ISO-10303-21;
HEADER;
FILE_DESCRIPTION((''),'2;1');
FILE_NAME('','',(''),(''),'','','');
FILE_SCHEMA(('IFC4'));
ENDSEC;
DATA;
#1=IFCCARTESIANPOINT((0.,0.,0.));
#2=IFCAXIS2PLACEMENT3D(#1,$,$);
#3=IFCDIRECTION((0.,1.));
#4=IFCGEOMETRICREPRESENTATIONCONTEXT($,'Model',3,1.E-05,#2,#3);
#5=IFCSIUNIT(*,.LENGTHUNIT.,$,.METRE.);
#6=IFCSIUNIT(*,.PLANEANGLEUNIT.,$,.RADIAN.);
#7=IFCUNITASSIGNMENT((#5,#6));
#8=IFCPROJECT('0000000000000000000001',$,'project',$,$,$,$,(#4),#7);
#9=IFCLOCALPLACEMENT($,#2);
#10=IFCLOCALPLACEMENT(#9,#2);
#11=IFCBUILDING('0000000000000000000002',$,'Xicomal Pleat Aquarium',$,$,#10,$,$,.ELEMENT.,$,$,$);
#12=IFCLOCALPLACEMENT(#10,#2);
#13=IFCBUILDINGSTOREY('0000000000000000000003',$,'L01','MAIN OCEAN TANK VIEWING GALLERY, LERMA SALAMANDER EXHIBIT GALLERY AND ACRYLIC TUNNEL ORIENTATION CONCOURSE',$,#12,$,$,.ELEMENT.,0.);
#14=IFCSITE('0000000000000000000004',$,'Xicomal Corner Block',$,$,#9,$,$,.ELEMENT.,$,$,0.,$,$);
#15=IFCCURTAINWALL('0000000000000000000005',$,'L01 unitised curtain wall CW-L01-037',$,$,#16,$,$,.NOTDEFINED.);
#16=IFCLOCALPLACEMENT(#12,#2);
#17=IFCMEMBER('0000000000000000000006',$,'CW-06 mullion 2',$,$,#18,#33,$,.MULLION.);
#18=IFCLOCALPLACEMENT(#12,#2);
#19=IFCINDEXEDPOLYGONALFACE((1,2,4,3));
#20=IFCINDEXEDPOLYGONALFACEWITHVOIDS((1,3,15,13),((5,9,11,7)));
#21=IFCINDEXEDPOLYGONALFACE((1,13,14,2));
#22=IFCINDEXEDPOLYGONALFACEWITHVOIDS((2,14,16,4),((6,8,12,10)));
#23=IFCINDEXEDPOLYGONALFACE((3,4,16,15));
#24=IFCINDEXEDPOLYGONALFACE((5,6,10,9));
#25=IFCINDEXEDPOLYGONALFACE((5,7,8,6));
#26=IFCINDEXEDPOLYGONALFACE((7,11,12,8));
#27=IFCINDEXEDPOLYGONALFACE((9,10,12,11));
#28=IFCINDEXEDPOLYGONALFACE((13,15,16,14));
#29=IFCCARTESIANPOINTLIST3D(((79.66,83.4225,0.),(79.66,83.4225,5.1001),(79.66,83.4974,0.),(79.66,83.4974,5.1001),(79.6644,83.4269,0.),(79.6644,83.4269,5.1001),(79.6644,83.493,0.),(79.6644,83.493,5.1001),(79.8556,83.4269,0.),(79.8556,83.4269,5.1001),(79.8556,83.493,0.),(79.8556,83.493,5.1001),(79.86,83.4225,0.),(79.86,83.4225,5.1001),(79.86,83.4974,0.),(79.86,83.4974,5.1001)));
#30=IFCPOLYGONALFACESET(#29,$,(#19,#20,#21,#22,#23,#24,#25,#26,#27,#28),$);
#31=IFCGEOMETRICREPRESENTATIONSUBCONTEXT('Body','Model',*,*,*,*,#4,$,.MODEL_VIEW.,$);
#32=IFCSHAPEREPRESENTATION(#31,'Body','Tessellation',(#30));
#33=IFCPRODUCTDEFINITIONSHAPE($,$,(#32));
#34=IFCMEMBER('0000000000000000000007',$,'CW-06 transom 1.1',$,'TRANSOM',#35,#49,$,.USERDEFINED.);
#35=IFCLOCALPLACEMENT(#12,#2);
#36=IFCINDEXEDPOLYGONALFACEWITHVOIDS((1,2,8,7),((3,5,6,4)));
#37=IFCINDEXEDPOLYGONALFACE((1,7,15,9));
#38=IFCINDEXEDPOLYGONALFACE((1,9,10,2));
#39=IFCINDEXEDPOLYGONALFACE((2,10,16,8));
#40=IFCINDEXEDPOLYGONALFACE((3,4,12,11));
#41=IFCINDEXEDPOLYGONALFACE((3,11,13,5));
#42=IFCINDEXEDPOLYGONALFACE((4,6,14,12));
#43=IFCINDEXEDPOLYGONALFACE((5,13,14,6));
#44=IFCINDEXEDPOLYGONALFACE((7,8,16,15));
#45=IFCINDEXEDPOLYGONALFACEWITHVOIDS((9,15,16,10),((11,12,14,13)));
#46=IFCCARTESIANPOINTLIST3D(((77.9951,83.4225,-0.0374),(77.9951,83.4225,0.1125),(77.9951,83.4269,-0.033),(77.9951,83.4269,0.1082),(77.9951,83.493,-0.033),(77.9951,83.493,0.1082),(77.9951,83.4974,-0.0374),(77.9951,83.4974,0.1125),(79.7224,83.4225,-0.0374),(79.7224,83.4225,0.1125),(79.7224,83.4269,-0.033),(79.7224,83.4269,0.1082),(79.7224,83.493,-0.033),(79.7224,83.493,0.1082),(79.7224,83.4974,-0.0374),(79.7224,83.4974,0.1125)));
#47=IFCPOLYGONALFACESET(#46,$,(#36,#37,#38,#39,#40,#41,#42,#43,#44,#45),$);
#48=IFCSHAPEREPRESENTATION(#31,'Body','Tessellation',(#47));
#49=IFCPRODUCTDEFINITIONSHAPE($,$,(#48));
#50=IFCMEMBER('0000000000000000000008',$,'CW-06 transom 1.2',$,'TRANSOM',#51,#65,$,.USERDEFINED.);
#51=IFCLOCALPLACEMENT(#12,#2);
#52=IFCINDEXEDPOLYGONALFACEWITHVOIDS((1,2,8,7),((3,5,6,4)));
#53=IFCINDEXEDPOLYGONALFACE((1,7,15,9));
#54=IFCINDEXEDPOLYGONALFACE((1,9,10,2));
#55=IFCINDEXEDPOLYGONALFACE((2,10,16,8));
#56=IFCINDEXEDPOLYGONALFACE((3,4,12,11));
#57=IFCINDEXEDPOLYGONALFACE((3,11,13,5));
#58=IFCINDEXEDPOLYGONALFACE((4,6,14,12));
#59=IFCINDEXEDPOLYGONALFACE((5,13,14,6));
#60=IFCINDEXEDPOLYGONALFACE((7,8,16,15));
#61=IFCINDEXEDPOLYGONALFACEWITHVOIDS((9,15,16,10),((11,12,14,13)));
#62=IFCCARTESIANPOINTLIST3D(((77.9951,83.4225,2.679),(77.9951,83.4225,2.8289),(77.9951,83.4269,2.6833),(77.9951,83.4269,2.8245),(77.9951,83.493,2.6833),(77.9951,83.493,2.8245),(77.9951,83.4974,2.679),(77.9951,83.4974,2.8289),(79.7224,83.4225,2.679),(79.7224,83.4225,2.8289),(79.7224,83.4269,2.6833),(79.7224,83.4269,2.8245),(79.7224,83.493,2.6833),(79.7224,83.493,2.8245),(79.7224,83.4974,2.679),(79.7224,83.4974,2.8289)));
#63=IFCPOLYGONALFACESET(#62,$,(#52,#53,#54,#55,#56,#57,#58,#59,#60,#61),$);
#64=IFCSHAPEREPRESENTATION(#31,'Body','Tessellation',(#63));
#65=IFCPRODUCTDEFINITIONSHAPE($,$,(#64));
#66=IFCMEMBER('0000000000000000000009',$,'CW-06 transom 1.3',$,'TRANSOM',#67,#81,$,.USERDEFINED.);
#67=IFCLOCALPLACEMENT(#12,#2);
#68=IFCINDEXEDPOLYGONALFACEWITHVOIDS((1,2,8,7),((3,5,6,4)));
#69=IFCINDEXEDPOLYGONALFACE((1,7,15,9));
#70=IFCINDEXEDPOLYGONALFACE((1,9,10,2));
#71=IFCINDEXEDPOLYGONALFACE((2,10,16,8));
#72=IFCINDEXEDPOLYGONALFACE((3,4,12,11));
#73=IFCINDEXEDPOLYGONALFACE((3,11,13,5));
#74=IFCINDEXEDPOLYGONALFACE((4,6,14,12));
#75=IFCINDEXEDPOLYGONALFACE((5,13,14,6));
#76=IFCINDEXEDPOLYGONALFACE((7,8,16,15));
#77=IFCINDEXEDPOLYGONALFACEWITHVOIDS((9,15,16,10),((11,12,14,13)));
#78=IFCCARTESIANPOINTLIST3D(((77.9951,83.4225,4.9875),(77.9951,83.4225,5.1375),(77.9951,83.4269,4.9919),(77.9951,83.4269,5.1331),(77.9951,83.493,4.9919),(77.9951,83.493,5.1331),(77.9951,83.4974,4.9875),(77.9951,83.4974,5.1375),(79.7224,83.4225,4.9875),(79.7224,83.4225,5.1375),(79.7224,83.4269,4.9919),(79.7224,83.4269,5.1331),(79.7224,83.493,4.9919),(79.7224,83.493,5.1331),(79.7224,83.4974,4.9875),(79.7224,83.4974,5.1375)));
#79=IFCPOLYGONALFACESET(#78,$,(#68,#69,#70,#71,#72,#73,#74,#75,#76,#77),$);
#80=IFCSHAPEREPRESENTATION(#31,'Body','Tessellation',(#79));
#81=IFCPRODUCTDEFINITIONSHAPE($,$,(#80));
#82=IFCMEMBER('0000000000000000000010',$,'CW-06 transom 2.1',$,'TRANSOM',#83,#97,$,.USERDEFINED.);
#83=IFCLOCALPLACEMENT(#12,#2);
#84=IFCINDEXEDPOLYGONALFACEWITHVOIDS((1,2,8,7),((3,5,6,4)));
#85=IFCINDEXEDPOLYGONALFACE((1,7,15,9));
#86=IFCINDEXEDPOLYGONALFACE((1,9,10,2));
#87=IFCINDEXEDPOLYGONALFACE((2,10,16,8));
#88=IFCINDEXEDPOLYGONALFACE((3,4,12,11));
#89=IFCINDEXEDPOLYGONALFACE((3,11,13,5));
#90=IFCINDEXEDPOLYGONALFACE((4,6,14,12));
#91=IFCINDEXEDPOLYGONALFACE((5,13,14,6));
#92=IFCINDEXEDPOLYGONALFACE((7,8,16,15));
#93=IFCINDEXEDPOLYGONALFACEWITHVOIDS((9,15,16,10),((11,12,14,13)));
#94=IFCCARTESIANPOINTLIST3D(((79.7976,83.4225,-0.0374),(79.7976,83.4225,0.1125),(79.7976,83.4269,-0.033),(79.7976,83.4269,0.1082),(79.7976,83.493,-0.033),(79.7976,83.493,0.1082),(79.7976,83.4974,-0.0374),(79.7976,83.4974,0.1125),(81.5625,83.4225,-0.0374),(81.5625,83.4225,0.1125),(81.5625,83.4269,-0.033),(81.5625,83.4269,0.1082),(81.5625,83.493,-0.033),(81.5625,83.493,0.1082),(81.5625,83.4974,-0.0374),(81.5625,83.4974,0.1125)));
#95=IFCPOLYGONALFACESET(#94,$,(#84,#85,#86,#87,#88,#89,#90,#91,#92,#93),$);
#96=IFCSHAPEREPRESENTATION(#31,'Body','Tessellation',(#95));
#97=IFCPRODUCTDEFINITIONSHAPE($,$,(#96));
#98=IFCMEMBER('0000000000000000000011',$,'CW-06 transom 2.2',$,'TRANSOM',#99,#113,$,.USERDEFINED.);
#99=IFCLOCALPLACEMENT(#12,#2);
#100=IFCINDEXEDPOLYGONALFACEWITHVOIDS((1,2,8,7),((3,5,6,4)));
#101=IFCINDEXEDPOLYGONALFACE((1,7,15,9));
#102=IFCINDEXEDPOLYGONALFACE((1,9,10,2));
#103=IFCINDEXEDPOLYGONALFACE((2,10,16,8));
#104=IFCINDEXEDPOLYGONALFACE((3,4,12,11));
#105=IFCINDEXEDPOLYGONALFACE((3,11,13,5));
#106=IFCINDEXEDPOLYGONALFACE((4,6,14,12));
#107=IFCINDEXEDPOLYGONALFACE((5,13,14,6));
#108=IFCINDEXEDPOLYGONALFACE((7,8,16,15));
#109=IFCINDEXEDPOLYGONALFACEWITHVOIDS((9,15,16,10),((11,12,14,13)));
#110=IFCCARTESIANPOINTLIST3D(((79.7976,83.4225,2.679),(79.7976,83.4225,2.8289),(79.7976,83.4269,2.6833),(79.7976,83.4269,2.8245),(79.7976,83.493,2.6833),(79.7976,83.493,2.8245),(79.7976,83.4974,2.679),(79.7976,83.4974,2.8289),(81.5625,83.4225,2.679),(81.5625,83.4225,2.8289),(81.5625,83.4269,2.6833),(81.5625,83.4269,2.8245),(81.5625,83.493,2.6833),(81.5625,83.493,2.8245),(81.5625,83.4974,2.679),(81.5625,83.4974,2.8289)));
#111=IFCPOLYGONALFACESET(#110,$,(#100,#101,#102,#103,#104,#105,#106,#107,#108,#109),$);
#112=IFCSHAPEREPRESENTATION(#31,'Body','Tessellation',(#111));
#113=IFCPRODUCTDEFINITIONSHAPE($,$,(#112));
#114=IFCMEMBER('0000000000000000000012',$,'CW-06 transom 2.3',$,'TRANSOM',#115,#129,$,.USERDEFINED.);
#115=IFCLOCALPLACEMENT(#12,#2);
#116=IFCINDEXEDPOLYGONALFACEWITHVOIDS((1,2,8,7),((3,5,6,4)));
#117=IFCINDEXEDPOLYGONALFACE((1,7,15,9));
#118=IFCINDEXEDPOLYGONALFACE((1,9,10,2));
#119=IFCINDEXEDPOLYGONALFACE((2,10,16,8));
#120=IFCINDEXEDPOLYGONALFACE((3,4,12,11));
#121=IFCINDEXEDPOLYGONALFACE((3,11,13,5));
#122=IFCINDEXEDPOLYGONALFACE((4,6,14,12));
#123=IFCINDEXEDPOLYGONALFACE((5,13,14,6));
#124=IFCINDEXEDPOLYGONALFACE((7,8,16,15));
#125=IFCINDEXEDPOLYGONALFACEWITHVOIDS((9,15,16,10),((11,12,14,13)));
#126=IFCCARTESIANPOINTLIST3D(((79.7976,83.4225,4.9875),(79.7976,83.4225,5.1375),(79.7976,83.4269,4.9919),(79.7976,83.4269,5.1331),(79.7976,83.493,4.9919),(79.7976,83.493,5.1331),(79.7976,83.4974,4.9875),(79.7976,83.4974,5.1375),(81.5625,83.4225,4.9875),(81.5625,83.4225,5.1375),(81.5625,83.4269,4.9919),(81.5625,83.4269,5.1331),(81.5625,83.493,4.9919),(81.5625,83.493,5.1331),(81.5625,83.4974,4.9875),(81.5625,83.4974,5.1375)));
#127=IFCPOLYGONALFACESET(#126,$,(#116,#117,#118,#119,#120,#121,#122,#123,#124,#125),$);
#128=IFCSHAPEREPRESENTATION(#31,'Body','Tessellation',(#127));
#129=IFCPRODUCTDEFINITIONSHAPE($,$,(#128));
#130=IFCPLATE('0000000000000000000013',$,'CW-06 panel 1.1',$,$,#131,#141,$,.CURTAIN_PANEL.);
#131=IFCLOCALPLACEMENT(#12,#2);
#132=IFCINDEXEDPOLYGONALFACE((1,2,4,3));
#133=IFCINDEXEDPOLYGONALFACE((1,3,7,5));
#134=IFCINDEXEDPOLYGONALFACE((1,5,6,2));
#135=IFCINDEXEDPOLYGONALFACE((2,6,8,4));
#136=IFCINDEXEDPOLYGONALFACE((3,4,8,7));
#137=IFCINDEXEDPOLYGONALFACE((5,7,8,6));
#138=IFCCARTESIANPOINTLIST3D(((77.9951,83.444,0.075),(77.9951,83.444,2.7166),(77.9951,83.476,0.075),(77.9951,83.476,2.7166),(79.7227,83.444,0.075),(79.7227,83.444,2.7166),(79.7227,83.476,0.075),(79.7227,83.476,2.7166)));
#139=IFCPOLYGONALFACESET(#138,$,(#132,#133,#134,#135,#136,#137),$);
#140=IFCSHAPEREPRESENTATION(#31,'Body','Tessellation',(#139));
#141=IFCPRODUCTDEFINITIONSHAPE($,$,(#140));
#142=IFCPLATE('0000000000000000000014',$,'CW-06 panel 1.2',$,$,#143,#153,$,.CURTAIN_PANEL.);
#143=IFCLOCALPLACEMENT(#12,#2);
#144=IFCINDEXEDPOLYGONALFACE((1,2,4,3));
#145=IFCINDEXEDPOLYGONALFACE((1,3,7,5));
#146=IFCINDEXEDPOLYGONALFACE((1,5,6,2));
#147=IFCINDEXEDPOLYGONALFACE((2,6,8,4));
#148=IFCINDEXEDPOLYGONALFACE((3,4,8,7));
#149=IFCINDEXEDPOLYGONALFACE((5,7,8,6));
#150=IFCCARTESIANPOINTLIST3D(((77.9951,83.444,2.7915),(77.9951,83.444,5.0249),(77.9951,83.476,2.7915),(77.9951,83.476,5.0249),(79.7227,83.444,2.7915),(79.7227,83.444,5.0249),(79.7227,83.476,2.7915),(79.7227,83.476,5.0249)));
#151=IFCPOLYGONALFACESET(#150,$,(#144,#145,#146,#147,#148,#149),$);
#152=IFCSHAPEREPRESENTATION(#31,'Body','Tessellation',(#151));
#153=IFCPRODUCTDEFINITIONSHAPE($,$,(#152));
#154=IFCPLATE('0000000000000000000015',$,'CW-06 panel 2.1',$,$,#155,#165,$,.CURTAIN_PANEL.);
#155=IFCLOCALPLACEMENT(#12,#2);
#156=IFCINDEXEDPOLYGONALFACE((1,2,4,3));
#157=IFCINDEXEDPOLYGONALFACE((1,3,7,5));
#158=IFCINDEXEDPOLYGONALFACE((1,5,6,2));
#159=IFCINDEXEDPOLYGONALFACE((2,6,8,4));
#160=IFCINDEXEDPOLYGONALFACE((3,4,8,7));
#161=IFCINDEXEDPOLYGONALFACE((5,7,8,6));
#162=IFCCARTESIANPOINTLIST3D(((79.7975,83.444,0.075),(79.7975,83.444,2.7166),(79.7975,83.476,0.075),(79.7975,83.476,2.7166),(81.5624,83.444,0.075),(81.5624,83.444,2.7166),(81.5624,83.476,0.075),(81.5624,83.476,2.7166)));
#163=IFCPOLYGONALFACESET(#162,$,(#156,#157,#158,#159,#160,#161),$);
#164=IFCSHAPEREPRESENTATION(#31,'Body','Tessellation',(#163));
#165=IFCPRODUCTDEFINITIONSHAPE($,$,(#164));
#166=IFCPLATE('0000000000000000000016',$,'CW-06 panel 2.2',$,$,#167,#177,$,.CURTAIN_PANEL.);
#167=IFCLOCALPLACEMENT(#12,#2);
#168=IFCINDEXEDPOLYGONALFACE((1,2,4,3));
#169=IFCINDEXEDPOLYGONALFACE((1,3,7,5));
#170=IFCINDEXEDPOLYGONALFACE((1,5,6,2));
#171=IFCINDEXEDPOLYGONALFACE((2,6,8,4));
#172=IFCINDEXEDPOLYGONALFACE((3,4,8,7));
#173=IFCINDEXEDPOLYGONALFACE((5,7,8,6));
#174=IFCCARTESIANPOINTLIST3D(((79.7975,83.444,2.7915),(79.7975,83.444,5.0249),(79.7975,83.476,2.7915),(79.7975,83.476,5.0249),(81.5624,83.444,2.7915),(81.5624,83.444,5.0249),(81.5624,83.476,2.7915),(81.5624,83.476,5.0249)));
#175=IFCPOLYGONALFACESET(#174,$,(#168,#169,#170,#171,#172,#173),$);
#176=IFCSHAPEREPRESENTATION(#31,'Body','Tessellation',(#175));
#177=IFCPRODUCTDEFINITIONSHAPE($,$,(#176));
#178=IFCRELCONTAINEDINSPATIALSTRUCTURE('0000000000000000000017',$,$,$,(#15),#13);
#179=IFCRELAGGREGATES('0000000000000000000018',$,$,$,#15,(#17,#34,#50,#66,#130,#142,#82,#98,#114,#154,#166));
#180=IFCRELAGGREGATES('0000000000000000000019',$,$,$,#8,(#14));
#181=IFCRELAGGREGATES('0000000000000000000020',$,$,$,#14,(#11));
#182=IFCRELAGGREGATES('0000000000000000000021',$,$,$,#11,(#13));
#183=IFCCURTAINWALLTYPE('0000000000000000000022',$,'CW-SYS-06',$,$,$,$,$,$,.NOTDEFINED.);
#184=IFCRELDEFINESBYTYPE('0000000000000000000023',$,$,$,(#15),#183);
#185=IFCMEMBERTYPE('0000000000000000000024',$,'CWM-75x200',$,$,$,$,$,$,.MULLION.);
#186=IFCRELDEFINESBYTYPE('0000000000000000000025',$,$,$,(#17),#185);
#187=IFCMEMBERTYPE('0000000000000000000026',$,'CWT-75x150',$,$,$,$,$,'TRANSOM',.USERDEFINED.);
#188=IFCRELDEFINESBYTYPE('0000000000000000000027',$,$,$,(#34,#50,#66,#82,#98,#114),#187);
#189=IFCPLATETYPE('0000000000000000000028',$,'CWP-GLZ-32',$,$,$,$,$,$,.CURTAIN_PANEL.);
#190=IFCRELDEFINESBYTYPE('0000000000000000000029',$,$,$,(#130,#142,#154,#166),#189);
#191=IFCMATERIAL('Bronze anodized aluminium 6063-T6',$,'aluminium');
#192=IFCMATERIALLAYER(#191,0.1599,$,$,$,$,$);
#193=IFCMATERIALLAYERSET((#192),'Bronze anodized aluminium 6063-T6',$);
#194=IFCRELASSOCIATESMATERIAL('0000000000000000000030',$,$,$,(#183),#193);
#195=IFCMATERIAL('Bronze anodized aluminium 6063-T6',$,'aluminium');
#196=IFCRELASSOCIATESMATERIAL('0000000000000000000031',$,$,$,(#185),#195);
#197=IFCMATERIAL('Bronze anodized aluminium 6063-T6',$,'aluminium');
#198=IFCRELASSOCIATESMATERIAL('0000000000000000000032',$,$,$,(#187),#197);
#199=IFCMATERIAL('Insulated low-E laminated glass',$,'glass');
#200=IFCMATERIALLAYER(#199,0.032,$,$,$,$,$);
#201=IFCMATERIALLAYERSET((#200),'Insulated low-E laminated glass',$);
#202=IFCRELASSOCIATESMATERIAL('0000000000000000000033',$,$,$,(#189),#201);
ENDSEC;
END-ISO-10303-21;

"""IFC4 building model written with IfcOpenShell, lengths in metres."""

from ifc_helpers import new_model, si_unit, direction, frame, origin, origin_2d, place, context, subcontext, project, spatial, rectangle, hollow_rectangle, extrude, material, layer, layer_set, material_profile, profile_set, type_object, element, aggregate, save


model = new_model("IFC4")

# Units and contexts
model_context = context("Model", 3, precision=1e-05, world=origin(), true_north=direction((0.0, 1.0)))
body_context = subcontext(model_context, "Body", "Model", "MODEL_VIEW")
ifc_project = project(units=[si_unit("LENGTHUNIT", "METRE"), si_unit("PLANEANGLEUNIT", "RADIAN")], contexts=[model_context])

# Site, building, storey
site_placement = place(None, origin())
site = spatial("IfcSite", under=ifc_project, at=site_placement, Name="Xicomal Corner Block", CompositionType="ELEMENT", RefElevation=0.0)
building_placement = place(site_placement, origin())
building = spatial("IfcBuilding", under=site, at=building_placement, Name="Xicomal Pleat Aquarium", CompositionType="ELEMENT")
storey_placement = place(building_placement, origin())
storey = spatial("IfcBuildingStorey", under=building, at=storey_placement, Name="L01", Description="MAIN OCEAN TANK VIEWING GALLERY, LERMA SALAMANDER EXHIBIT GALLERY AND ACRYLIC TUNNEL ORIENTATION CONCOURSE", CompositionType="ELEMENT", Elevation=0.0)

# Curtain wall, members, plates
ifc_material_1 = material(Name="Bronze anodized aluminium 6063-T6", Category="aluminium")
ifc_layer_1 = layer(ifc_material_1, 0.1599)
ifc_layer_set_1 = layer_set([ifc_layer_1], Name="Bronze anodized aluminium 6063-T6")
curtain_wall_type = type_object("IfcCurtainWallType", Name="CW-SYS-06", PredefinedType="NOTDEFINED", material=ifc_layer_set_1)
curtain_wall_placement = place(storey_placement, origin())
curtain_wall = element("IfcCurtainWall", 1, at=curtain_wall_placement, inside=storey, type_object=curtain_wall_type, Name="L01 unitised curtain wall CW-L01-037", PredefinedType="NOTDEFINED")
ifc_material_2 = material(Name="Bronze anodized aluminium 6063-T6", Category="aluminium")
ifc_material_profile_1 = material_profile(ifc_material_2, hollow_rectangle(XDim=0.075, YDim=0.2, WallThickness=0.0044, at=origin_2d()), Name="ALU MULL 75x200")
ifc_profile_set_1 = profile_set([ifc_material_profile_1], Name="Bronze anodized aluminium 6063-T6")
member_type_1 = type_object("IfcMemberType", Name="CWM-75x200", PredefinedType="MULLION", material=ifc_profile_set_1)
member_1_placement = place(storey_placement, frame((79.76, 83.46, 0.0), z_axis=(0.0, 0.0, 1.0), x_axis=(0.0, 1.0, 0.0)))
member_1 = element("IfcMember", 2, at=member_1_placement, type_object=member_type_1, Name="CW-06 mullion 2", PredefinedType="MULLION", context=body_context, shape_type="SweptSolid", body=[
    extrude(hollow_rectangle(XDim=0.075, YDim=0.2, WallThickness=0.0044, at=origin_2d()), origin(), (0.0, 0.0, 1.0), 5.1001),
])
ifc_material_3 = material(Name="Bronze anodized aluminium 6063-T6", Category="aluminium")
ifc_material_profile_2 = material_profile(ifc_material_3, hollow_rectangle(XDim=0.075, YDim=0.1499, WallThickness=0.0044, at=origin_2d()), Name="ALU TRAN 75x150")
ifc_profile_set_2 = profile_set([ifc_material_profile_2], Name="Bronze anodized aluminium 6063-T6")
member_type_2 = type_object("IfcMemberType", Name="CWT-75x150", ElementType="TRANSOM", PredefinedType="USERDEFINED", material=ifc_profile_set_2)
member_2_placement = place(storey_placement, frame((77.9951, 83.46, 0.0376), z_axis=(1.0, 0.0, 0.0), x_axis=(0.0, 1.0, 0.0)))
member_2 = element("IfcMember", 3, at=member_2_placement, type_object=member_type_2, Name="CW-06 transom 1.1", ObjectType="TRANSOM", PredefinedType="USERDEFINED", context=body_context, shape_type="SweptSolid", body=[
    extrude(hollow_rectangle(XDim=0.075, YDim=0.1499, WallThickness=0.0044, at=origin_2d()), origin(), (0.0, 0.0, 1.0), 1.7273),
])
member_3_placement = place(storey_placement, frame((77.9951, 83.46, 2.7539), z_axis=(1.0, 0.0, 0.0), x_axis=(0.0, 1.0, 0.0)))
member_3 = element("IfcMember", 4, at=member_3_placement, type_object=member_type_2, Name="CW-06 transom 1.2", ObjectType="TRANSOM", PredefinedType="USERDEFINED", context=body_context, shape_type="SweptSolid", body=[
    extrude(hollow_rectangle(XDim=0.075, YDim=0.1499, WallThickness=0.0044, at=origin_2d()), origin(), (0.0, 0.0, 1.0), 1.7273),
])
member_4_placement = place(storey_placement, frame((77.9951, 83.46, 5.0625), z_axis=(1.0, 0.0, 0.0), x_axis=(0.0, 1.0, 0.0)))
member_4 = element("IfcMember", 5, at=member_4_placement, type_object=member_type_2, Name="CW-06 transom 1.3", ObjectType="TRANSOM", PredefinedType="USERDEFINED", context=body_context, shape_type="SweptSolid", body=[
    extrude(hollow_rectangle(XDim=0.075, YDim=0.1499, WallThickness=0.0044, at=origin_2d()), origin(), (0.0, 0.0, 1.0), 1.7273),
])
member_5_placement = place(storey_placement, frame((79.7976, 83.46, 0.0376), z_axis=(1.0, 0.0, 0.0), x_axis=(0.0, 1.0, 0.0)))
member_5 = element("IfcMember", 6, at=member_5_placement, type_object=member_type_2, Name="CW-06 transom 2.1", ObjectType="TRANSOM", PredefinedType="USERDEFINED", context=body_context, shape_type="SweptSolid", body=[
    extrude(hollow_rectangle(XDim=0.075, YDim=0.1499, WallThickness=0.0044, at=origin_2d()), origin(), (0.0, 0.0, 1.0), 1.7649),
])
member_6_placement = place(storey_placement, frame((79.7976, 83.46, 2.7539), z_axis=(1.0, 0.0, 0.0), x_axis=(0.0, 1.0, 0.0)))
member_6 = element("IfcMember", 7, at=member_6_placement, type_object=member_type_2, Name="CW-06 transom 2.2", ObjectType="TRANSOM", PredefinedType="USERDEFINED", context=body_context, shape_type="SweptSolid", body=[
    extrude(hollow_rectangle(XDim=0.075, YDim=0.1499, WallThickness=0.0044, at=origin_2d()), origin(), (0.0, 0.0, 1.0), 1.7649),
])
member_7_placement = place(storey_placement, frame((79.7976, 83.46, 5.0625), z_axis=(1.0, 0.0, 0.0), x_axis=(0.0, 1.0, 0.0)))
member_7 = element("IfcMember", 8, at=member_7_placement, type_object=member_type_2, Name="CW-06 transom 2.3", ObjectType="TRANSOM", PredefinedType="USERDEFINED", context=body_context, shape_type="SweptSolid", body=[
    extrude(hollow_rectangle(XDim=0.075, YDim=0.1499, WallThickness=0.0044, at=origin_2d()), origin(), (0.0, 0.0, 1.0), 1.7649),
])
ifc_material_4 = material(Name="Insulated low-E laminated glass", Category="glass")
ifc_layer_2 = layer(ifc_material_4, 0.032)
ifc_layer_set_2 = layer_set([ifc_layer_2], Name="Insulated low-E laminated glass")
plate_type = type_object("IfcPlateType", Name="CWP-GLZ-32", PredefinedType="CURTAIN_PANEL", material=ifc_layer_set_2)
plate_1_placement = place(storey_placement, frame((78.8589, 83.46, 0.075), z_axis=(0.0, 0.0, 1.0), x_axis=(1.0, 0.0, 0.0)))
plate_1 = element("IfcPlate", 9, at=plate_1_placement, type_object=plate_type, Name="CW-06 panel 1.1", PredefinedType="CURTAIN_PANEL", context=body_context, shape_type="SweptSolid", body=[
    extrude(rectangle(XDim=1.7275, YDim=0.032, at=origin_2d()), origin(), (0.0, 0.0, 1.0), 2.6416),
])
plate_2_placement = place(storey_placement, frame((78.8589, 83.46, 2.7915), z_axis=(0.0, 0.0, 1.0), x_axis=(1.0, 0.0, 0.0)))
plate_2 = element("IfcPlate", 10, at=plate_2_placement, type_object=plate_type, Name="CW-06 panel 1.2", PredefinedType="CURTAIN_PANEL", context=body_context, shape_type="SweptSolid", body=[
    extrude(rectangle(XDim=1.7275, YDim=0.032, at=origin_2d()), origin(), (0.0, 0.0, 1.0), 2.2334),
])
plate_3_placement = place(storey_placement, frame((80.6799, 83.46, 0.075), z_axis=(0.0, 0.0, 1.0), x_axis=(1.0, 0.0, 0.0)))
plate_3 = element("IfcPlate", 11, at=plate_3_placement, type_object=plate_type, Name="CW-06 panel 2.1", PredefinedType="CURTAIN_PANEL", context=body_context, shape_type="SweptSolid", body=[
    extrude(rectangle(XDim=1.7649, YDim=0.032, at=origin_2d()), origin(), (0.0, 0.0, 1.0), 2.6416),
])
plate_4_placement = place(storey_placement, frame((80.6799, 83.46, 2.7915), z_axis=(0.0, 0.0, 1.0), x_axis=(1.0, 0.0, 0.0)))
plate_4 = element("IfcPlate", 12, at=plate_4_placement, type_object=plate_type, Name="CW-06 panel 2.2", PredefinedType="CURTAIN_PANEL", context=body_context, shape_type="SweptSolid", body=[
    extrude(rectangle(XDim=1.7649, YDim=0.032, at=origin_2d()), origin(), (0.0, 0.0, 1.0), 2.2334),
])
aggregate(curtain_wall, [member_1, member_2, member_3, member_4, plate_1, plate_2, member_5, member_6, member_7, plate_3, plate_4])

save(model, "model.ifc")
